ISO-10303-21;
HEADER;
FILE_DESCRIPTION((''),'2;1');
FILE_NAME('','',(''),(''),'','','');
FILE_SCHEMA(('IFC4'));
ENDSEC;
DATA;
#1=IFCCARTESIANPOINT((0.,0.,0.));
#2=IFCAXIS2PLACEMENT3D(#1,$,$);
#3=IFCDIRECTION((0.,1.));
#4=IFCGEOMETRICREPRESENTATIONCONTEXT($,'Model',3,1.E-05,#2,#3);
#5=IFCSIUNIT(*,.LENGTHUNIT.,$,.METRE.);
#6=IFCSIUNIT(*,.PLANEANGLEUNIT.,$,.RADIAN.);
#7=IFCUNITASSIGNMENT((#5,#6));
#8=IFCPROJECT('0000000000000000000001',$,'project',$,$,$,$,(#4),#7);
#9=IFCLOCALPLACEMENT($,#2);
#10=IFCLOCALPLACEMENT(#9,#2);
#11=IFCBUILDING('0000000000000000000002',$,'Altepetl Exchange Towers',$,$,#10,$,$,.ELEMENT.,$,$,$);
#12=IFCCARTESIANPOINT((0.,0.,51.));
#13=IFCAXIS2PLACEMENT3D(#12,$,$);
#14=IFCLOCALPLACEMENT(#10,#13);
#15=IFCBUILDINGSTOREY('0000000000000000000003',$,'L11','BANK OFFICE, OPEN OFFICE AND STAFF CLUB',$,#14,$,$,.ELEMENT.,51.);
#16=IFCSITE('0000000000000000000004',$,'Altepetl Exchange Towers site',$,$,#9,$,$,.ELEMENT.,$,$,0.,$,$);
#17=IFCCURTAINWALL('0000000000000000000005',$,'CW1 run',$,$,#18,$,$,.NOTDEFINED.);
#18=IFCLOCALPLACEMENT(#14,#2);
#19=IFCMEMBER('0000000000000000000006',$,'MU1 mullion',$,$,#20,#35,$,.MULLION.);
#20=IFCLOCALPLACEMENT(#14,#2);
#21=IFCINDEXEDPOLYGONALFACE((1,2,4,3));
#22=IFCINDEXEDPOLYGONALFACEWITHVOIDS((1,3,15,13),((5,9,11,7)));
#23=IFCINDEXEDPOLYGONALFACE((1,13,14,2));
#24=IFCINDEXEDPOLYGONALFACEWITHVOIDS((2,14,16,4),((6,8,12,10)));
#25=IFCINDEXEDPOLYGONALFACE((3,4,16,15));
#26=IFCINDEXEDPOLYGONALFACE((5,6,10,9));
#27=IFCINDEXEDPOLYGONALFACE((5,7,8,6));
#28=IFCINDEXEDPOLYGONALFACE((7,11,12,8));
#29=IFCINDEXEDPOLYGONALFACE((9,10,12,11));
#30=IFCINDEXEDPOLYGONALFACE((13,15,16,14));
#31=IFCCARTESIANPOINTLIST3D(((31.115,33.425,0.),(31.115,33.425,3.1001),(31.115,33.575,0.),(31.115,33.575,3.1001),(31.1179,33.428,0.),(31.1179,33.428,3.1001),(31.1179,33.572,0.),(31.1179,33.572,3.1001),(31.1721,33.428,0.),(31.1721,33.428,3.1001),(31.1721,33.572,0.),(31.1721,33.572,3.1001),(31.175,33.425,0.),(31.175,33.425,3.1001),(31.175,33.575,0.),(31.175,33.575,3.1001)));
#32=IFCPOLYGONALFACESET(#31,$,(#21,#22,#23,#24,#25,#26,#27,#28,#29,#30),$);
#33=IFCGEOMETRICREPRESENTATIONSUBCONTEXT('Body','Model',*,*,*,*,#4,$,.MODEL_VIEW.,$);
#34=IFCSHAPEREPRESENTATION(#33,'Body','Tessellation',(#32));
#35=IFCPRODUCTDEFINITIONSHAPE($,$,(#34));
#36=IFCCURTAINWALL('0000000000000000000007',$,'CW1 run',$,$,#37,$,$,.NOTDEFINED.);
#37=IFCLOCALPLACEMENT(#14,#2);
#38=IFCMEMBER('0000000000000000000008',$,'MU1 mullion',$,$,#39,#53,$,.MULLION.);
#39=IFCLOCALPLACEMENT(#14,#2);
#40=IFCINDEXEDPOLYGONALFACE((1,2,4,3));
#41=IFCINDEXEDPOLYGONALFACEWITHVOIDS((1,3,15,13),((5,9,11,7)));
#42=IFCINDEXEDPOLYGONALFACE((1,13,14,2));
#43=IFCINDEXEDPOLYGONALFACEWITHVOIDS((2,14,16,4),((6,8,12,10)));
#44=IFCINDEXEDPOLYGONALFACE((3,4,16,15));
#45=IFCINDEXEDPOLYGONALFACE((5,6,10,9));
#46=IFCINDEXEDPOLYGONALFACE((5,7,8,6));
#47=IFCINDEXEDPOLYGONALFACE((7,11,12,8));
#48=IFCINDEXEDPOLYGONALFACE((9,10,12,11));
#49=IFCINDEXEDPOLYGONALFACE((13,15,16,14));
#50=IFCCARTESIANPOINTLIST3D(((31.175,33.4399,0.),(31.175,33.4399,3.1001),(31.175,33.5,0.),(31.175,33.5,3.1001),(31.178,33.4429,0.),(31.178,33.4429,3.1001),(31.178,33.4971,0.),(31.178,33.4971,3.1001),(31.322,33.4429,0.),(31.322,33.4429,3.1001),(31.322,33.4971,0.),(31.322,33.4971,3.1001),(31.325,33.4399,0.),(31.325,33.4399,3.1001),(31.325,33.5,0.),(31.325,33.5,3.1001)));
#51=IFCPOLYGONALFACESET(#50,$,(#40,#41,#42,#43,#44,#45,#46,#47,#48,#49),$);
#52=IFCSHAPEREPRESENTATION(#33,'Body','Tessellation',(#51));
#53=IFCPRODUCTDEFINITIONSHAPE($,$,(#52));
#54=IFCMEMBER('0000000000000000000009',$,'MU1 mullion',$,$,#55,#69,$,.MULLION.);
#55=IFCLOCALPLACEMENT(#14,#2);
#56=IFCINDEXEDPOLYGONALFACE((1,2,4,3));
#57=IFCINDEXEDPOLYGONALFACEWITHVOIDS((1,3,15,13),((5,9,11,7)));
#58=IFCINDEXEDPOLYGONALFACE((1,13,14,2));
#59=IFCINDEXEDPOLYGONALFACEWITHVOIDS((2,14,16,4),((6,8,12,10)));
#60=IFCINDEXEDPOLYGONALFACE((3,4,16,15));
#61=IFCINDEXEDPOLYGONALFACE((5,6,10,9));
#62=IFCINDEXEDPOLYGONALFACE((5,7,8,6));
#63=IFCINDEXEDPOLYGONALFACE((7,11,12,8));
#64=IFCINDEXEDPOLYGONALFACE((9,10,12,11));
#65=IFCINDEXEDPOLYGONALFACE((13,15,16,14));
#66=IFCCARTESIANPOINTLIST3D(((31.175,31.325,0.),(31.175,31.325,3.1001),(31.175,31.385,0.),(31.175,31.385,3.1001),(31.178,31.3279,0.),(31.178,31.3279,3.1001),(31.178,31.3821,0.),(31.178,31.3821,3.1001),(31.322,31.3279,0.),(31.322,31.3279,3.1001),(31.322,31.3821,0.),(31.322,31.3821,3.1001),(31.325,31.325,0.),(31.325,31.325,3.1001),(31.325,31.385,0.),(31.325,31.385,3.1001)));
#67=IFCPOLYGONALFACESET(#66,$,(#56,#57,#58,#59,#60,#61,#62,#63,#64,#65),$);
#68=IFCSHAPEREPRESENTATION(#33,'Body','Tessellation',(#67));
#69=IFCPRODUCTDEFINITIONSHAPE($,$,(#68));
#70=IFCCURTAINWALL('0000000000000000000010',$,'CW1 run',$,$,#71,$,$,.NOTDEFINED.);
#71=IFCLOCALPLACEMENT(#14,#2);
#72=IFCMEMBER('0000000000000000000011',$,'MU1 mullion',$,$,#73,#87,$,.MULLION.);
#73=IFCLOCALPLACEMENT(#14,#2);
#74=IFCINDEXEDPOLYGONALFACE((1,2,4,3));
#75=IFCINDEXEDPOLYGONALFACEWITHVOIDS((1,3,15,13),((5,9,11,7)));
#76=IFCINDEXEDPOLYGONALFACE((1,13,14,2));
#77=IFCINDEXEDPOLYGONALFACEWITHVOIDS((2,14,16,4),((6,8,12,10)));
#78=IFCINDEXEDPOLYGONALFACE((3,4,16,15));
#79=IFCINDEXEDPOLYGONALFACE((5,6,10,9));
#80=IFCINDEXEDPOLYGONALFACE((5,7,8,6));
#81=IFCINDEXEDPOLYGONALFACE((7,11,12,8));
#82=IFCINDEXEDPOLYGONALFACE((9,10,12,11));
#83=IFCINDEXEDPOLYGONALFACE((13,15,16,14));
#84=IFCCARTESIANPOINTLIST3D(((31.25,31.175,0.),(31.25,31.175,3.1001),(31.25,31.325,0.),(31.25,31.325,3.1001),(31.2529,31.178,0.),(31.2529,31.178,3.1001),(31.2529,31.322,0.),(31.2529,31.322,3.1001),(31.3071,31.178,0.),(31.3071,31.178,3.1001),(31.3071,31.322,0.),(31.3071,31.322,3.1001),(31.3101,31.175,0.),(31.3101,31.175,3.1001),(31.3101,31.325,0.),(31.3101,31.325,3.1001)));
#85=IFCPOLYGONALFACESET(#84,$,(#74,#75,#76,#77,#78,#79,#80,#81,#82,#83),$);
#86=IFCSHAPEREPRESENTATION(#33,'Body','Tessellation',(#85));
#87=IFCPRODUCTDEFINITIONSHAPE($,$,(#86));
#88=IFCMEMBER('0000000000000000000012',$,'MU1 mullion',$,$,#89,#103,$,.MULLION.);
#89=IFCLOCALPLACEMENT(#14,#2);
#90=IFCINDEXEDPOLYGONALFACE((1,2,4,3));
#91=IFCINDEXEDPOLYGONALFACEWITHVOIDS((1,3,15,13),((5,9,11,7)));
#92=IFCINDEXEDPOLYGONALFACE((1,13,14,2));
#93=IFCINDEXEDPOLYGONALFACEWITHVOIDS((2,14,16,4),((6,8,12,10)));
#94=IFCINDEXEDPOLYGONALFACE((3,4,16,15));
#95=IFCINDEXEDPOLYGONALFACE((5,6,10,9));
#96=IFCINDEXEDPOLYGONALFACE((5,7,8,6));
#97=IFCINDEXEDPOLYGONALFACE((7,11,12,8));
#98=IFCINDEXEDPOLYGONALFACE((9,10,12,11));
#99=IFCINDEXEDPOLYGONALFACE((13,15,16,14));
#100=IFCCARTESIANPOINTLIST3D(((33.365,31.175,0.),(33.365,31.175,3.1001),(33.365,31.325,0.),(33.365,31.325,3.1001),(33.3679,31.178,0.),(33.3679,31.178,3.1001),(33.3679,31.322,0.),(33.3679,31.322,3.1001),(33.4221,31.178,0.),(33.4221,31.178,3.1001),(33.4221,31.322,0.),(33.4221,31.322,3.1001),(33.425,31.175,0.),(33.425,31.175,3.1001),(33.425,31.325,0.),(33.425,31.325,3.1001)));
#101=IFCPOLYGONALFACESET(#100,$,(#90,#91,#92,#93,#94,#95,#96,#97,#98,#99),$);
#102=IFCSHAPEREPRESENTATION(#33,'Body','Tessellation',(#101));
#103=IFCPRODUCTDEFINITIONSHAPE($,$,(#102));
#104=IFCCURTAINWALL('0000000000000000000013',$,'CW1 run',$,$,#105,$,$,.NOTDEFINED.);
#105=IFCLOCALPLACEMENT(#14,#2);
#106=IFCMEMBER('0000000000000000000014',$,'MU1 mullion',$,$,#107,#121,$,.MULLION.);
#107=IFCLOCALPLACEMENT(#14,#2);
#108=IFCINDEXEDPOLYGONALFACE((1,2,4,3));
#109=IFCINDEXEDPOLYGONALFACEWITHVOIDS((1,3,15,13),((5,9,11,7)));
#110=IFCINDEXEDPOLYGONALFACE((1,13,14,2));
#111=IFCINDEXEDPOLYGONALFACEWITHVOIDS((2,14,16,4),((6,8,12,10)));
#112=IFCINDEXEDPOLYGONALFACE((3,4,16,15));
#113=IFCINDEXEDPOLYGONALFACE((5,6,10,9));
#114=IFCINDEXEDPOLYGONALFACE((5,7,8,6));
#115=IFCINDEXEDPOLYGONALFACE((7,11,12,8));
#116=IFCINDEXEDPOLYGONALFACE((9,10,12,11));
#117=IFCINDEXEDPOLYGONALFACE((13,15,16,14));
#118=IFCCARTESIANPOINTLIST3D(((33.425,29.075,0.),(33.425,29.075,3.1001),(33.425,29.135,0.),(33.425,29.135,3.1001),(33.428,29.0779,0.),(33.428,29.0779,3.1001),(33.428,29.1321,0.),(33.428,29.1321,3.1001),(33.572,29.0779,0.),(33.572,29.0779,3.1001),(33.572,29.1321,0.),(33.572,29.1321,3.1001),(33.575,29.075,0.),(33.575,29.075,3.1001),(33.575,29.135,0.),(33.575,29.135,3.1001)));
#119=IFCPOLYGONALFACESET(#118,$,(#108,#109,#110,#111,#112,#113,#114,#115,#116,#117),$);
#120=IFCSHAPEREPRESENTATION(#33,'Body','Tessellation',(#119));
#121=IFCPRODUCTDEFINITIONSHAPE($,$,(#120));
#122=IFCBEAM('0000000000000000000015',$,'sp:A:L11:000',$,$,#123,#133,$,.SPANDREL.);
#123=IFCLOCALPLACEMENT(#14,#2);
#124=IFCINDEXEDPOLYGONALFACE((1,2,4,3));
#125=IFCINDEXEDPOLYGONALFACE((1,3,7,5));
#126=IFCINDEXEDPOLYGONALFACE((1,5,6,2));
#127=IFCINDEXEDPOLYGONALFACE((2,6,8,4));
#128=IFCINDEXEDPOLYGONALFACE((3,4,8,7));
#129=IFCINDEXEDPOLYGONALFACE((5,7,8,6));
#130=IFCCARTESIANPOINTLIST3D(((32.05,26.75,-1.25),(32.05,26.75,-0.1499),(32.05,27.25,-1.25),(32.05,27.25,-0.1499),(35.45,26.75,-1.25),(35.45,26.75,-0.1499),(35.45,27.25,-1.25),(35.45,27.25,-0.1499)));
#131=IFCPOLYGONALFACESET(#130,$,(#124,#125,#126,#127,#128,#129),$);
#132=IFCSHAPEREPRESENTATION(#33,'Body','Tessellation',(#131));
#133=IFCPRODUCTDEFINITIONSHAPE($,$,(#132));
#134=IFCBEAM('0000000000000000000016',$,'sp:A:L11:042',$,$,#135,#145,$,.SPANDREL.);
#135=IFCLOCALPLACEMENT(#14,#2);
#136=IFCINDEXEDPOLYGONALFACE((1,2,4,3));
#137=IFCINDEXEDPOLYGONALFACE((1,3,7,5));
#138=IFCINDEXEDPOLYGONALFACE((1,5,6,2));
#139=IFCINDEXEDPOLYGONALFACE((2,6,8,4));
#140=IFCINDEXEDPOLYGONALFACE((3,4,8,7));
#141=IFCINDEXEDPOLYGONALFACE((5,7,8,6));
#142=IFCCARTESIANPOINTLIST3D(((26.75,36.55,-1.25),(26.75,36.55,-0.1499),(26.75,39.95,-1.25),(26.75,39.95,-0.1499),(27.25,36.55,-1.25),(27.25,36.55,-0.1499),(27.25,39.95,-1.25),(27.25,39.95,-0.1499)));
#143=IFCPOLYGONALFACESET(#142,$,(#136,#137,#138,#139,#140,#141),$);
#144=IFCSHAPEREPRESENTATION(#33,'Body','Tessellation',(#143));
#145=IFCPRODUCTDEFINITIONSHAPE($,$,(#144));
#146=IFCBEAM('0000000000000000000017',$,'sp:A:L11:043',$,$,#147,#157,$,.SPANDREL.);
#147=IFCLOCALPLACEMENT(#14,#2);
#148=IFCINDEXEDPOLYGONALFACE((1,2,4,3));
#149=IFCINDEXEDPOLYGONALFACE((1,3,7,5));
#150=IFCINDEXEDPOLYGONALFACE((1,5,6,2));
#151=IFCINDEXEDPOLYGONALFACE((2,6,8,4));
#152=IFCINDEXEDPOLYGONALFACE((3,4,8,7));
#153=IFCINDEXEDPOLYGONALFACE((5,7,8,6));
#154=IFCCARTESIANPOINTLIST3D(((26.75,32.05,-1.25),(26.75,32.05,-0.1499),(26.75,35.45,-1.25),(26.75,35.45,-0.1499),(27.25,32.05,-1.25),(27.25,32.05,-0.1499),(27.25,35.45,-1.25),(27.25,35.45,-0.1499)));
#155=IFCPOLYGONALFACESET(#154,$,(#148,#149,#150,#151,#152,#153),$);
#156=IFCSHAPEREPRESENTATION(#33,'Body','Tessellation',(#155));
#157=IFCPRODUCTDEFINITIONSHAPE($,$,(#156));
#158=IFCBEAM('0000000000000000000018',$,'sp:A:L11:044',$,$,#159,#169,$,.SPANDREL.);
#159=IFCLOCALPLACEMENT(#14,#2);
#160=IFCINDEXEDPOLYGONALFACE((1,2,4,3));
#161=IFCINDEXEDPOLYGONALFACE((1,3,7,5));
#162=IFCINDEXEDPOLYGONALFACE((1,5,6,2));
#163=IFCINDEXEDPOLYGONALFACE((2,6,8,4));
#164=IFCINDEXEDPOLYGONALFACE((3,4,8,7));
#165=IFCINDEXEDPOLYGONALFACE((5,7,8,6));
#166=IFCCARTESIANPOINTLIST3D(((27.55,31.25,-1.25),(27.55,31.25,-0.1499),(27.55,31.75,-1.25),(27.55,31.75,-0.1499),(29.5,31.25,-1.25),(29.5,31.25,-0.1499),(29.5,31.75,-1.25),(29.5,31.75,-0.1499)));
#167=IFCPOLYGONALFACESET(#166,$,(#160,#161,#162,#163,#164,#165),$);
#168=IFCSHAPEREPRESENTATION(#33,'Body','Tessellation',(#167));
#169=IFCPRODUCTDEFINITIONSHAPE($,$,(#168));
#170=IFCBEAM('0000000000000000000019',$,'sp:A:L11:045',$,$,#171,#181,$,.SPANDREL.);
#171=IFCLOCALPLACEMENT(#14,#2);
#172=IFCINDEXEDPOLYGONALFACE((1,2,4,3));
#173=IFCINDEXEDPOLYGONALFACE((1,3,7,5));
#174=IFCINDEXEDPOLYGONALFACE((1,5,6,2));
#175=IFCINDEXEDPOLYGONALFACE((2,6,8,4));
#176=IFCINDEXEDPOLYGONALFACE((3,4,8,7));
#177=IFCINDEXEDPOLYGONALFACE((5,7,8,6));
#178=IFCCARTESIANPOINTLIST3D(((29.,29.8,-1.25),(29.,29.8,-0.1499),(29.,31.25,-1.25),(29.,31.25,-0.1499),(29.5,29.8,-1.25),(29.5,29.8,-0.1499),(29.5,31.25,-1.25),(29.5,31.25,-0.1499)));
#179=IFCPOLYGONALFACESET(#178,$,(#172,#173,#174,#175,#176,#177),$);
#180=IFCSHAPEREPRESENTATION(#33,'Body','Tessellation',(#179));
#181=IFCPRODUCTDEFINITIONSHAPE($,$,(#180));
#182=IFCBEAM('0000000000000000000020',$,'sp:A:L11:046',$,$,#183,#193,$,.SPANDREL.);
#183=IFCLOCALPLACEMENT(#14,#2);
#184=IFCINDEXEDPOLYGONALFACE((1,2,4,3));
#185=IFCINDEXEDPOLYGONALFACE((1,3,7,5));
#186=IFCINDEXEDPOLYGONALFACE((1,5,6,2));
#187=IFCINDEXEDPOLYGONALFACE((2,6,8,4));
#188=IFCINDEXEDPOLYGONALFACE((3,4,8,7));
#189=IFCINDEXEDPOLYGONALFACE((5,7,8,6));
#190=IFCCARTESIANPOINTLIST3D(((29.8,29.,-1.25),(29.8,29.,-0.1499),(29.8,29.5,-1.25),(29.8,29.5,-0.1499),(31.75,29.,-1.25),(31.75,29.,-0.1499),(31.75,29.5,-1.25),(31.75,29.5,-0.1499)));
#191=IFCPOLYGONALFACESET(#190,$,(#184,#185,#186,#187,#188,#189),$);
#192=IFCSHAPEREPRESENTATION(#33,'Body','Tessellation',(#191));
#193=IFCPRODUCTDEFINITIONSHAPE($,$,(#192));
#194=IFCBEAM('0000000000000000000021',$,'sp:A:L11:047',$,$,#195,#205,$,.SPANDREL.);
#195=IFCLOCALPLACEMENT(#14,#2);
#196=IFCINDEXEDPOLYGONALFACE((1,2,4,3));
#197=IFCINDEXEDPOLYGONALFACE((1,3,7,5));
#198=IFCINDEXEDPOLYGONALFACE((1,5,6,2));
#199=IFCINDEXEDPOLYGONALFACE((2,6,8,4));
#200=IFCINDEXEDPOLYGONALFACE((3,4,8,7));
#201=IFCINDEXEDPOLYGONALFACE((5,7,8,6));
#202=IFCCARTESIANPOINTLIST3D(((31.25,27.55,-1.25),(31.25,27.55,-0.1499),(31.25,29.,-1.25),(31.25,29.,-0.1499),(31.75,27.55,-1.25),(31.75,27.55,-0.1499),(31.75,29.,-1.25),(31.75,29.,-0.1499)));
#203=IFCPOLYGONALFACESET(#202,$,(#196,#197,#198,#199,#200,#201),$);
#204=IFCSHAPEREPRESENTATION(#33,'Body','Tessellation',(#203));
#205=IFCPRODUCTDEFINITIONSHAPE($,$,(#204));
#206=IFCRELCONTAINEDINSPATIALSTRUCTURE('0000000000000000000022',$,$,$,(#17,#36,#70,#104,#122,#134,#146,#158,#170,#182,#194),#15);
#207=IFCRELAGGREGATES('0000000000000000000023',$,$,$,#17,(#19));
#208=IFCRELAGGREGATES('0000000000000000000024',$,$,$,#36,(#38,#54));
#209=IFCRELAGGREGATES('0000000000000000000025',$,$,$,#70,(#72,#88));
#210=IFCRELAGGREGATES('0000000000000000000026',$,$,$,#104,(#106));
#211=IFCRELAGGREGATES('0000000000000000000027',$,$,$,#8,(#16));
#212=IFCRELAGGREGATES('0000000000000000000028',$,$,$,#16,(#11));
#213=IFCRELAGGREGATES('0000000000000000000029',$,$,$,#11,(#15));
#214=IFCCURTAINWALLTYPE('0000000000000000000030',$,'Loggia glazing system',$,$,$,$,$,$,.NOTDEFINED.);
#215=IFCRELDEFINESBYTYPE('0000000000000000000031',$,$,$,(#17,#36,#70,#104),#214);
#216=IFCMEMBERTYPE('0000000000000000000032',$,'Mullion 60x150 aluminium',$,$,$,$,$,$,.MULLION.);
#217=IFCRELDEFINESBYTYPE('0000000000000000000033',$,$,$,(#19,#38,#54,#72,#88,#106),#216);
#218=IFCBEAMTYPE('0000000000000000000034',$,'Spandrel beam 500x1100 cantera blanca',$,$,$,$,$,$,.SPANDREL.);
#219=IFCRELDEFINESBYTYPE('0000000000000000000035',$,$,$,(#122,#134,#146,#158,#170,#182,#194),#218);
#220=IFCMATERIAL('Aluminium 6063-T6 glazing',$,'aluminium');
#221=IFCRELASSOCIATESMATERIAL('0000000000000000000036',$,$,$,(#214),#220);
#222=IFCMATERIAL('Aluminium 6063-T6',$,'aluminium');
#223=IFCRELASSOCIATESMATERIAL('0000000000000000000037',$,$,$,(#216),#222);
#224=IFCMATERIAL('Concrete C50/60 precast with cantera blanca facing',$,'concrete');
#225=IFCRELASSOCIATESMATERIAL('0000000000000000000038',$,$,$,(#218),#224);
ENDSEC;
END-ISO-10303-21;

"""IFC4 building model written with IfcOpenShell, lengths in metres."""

from ifc_helpers import new_model, si_unit, direction, frame, origin, origin_2d, place, context, subcontext, project, spatial, rectangle, hollow_rectangle, extrude, material, material_profile, profile_set, type_object, element, aggregate, save


model = new_model("IFC4")

# Units and contexts
model_context = context("Model", 3, precision=1e-05, world=origin(), true_north=direction((0.0, 1.0)))
body_context = subcontext(model_context, "Body", "Model", "MODEL_VIEW")
ifc_project = project(units=[si_unit("LENGTHUNIT", "METRE"), si_unit("PLANEANGLEUNIT", "RADIAN")], contexts=[model_context])

# Site, building, storey
site_placement = place(None, origin())
site = spatial("IfcSite", under=ifc_project, at=site_placement, Name="Altepetl Exchange Towers site", CompositionType="ELEMENT", RefElevation=0.0)
building_placement = place(site_placement, origin())
building = spatial("IfcBuilding", under=site, at=building_placement, Name="Altepetl Exchange Towers", CompositionType="ELEMENT")
storey_placement = place(building_placement, frame((0.0, 0.0, 51.0)))
storey = spatial("IfcBuildingStorey", under=building, at=storey_placement, Name="L11", Description="BANK OFFICE, OPEN OFFICE AND STAFF CLUB", CompositionType="ELEMENT", Elevation=51.0)

# Curtain walls, members
ifc_material_1 = material(Name="Aluminium 6063-T6 glazing", Category="aluminium")
curtain_wall_type = type_object("IfcCurtainWallType", Name="Loggia glazing system", PredefinedType="NOTDEFINED", material=ifc_material_1)
ifc_material_2 = material(Name="Aluminium 6063-T6", Category="aluminium")
ifc_material_profile_1 = material_profile(ifc_material_2, hollow_rectangle(XDim=0.0601, YDim=0.1499, WallThickness=0.0029, at=origin_2d()), Name="Mullion 60x150 aluminium")
ifc_profile_set_1 = profile_set([ifc_material_profile_1], Name="Aluminium 6063-T6")
member_type = type_object("IfcMemberType", Name="Mullion 60x150 aluminium", PredefinedType="MULLION", material=ifc_profile_set_1)
curtain_wall_1_placement = place(storey_placement, origin())
curtain_wall_1 = element("IfcCurtainWall", 1, at=curtain_wall_1_placement, inside=storey, type_object=curtain_wall_type, Name="CW1 run", PredefinedType="NOTDEFINED")
member_1_placement = place(storey_placement, frame((31.145, 33.5, 0.0)))
member_1 = element("IfcMember", 2, at=member_1_placement, type_object=member_type, Name="MU1 mullion", PredefinedType="MULLION", context=body_context, shape_type="SweptSolid", body=[
    extrude(hollow_rectangle(XDim=0.0601, YDim=0.1499, WallThickness=0.0029, at=origin_2d()), origin(), (0.0, 0.0, 1.0), 3.1001),
])
curtain_wall_2_placement = place(storey_placement, origin())
curtain_wall_2 = element("IfcCurtainWall", 3, at=curtain_wall_2_placement, inside=storey, type_object=curtain_wall_type, Name="CW1 run", PredefinedType="NOTDEFINED")
member_2_placement = place(storey_placement, frame((31.25, 33.47, 0.0), z_axis=(0.0, 0.0, 1.0), x_axis=(0.0, -1.0, 0.0)))
member_2 = element("IfcMember", 4, at=member_2_placement, type_object=member_type, Name="MU1 mullion", PredefinedType="MULLION", context=body_context, shape_type="SweptSolid", body=[
    extrude(hollow_rectangle(XDim=0.0601, YDim=0.1499, WallThickness=0.0029, at=origin_2d()), origin(), (0.0, 0.0, 1.0), 3.1001),
])
member_3_placement = place(storey_placement, frame((31.25, 31.355, 0.0), z_axis=(0.0, 0.0, 1.0), x_axis=(0.0, -1.0, 0.0)))
member_3 = element("IfcMember", 5, at=member_3_placement, type_object=member_type, Name="MU1 mullion", PredefinedType="MULLION", context=body_context, shape_type="SweptSolid", body=[
    extrude(hollow_rectangle(XDim=0.0601, YDim=0.1499, WallThickness=0.0029, at=origin_2d()), origin(), (0.0, 0.0, 1.0), 3.1001),
])
curtain_wall_3_placement = place(storey_placement, origin())
curtain_wall_3 = element("IfcCurtainWall", 6, at=curtain_wall_3_placement, inside=storey, type_object=curtain_wall_type, Name="CW1 run", PredefinedType="NOTDEFINED")
member_4_placement = place(storey_placement, frame((31.28, 31.25, 0.0)))
member_4 = element("IfcMember", 7, at=member_4_placement, type_object=member_type, Name="MU1 mullion", PredefinedType="MULLION", context=body_context, shape_type="SweptSolid", body=[
    extrude(hollow_rectangle(XDim=0.0601, YDim=0.1499, WallThickness=0.0029, at=origin_2d()), origin(), (0.0, 0.0, 1.0), 3.1001),
])
member_5_placement = place(storey_placement, frame((33.395, 31.25, 0.0)))
member_5 = element("IfcMember", 8, at=member_5_placement, type_object=member_type, Name="MU1 mullion", PredefinedType="MULLION", context=body_context, shape_type="SweptSolid", body=[
    extrude(hollow_rectangle(XDim=0.0601, YDim=0.1499, WallThickness=0.0029, at=origin_2d()), origin(), (0.0, 0.0, 1.0), 3.1001),
])

# Curtain wall, member
curtain_wall_4_placement = place(storey_placement, origin())
curtain_wall_4 = element("IfcCurtainWall", 9, at=curtain_wall_4_placement, inside=storey, type_object=curtain_wall_type, Name="CW1 run", PredefinedType="NOTDEFINED")
member_6_placement = place(storey_placement, frame((33.5, 29.105, 0.0), z_axis=(0.0, 0.0, 1.0), x_axis=(0.0, -1.0, 0.0)))
member_6 = element("IfcMember", 10, at=member_6_placement, type_object=member_type, Name="MU1 mullion", PredefinedType="MULLION", context=body_context, shape_type="SweptSolid", body=[
    extrude(hollow_rectangle(XDim=0.0601, YDim=0.1499, WallThickness=0.0029, at=origin_2d()), origin(), (0.0, 0.0, 1.0), 3.1001),
])

# Beams
ifc_material_3 = material(Name="Concrete C50/60 precast with cantera blanca facing", Category="concrete")
ifc_material_profile_2 = material_profile(ifc_material_3, rectangle(XDim=0.5, YDim=1.1001, at=origin_2d()), Name="500 x 1100")
ifc_profile_set_2 = profile_set([ifc_material_profile_2], Name="Concrete C50/60 precast with cantera blanca facing")
beam_type_1 = type_object("IfcBeamType", Name="Spandrel beam 500x1100 cantera blanca", PredefinedType="SPANDREL", material=ifc_profile_set_2)
for number, where, z_axis, x_axis, name in (
    (11, (32.05, 27.0, -0.7), (1.0, 0.0, 0.0), (0.0, 1.0, 0.0), "sp:A:L11:000"),
    (12, (27.0, 39.95, -0.7), (0.0, -1.0, 0.0), (1.0, 0.0, 0.0), "sp:A:L11:042"),
    (13, (27.0, 35.45, -0.7), (0.0, -1.0, 0.0), (1.0, 0.0, 0.0), "sp:A:L11:043"),
):
    element("IfcBeam", number, at=place(storey_placement, frame(where, z_axis=z_axis, x_axis=x_axis)), inside=storey, type_object=beam_type_1, Name=name, PredefinedType="SPANDREL", context=body_context, shape_type="SweptSolid", body=[
        extrude(rectangle(XDim=0.5, YDim=1.1001, at=origin_2d()), origin(), (0.0, 0.0, 1.0), 3.3999),
    ])
beam_1_placement = place(storey_placement, frame((27.55, 31.5, -0.7), z_axis=(1.0, 0.0, 0.0), x_axis=(0.0, 1.0, 0.0)))
element("IfcBeam", 14, at=beam_1_placement, inside=storey, type_object=beam_type_1, Name="sp:A:L11:044", PredefinedType="SPANDREL", context=body_context, shape_type="SweptSolid", body=[
    extrude(rectangle(XDim=0.5, YDim=1.1001, at=origin_2d()), origin(), (0.0, 0.0, 1.0), 1.95),
])
beam_2_placement = place(storey_placement, frame((29.25, 31.25, -0.7), z_axis=(0.0, -1.0, 0.0), x_axis=(1.0, 0.0, 0.0)))
element("IfcBeam", 15, at=beam_2_placement, inside=storey, type_object=beam_type_1, Name="sp:A:L11:045", PredefinedType="SPANDREL", context=body_context, shape_type="SweptSolid", body=[
    extrude(rectangle(XDim=0.5, YDim=1.1001, at=origin_2d()), origin(), (0.0, 0.0, 1.0), 1.45),
])
beam_3_placement = place(storey_placement, frame((29.8, 29.25, -0.7), z_axis=(1.0, 0.0, 0.0), x_axis=(0.0, 1.0, 0.0)))
element("IfcBeam", 16, at=beam_3_placement, inside=storey, type_object=beam_type_1, Name="sp:A:L11:046", PredefinedType="SPANDREL", context=body_context, shape_type="SweptSolid", body=[
    extrude(rectangle(XDim=0.5, YDim=1.1001, at=origin_2d()), origin(), (0.0, 0.0, 1.0), 1.95),
])
beam_4_placement = place(storey_placement, frame((31.5, 29.0, -0.7), z_axis=(0.0, -1.0, 0.0), x_axis=(1.0, 0.0, 0.0)))
element("IfcBeam", 17, at=beam_4_placement, inside=storey, type_object=beam_type_1, Name="sp:A:L11:047", PredefinedType="SPANDREL", context=body_context, shape_type="SweptSolid", body=[
    extrude(rectangle(XDim=0.5, YDim=1.1001, at=origin_2d()), origin(), (0.0, 0.0, 1.0), 1.45),
])

aggregate(curtain_wall_1, [member_1])
aggregate(curtain_wall_2, [member_2, member_3])
aggregate(curtain_wall_3, [member_4, member_5])
aggregate(curtain_wall_4, [member_6])

save(model, "model.ifc")
